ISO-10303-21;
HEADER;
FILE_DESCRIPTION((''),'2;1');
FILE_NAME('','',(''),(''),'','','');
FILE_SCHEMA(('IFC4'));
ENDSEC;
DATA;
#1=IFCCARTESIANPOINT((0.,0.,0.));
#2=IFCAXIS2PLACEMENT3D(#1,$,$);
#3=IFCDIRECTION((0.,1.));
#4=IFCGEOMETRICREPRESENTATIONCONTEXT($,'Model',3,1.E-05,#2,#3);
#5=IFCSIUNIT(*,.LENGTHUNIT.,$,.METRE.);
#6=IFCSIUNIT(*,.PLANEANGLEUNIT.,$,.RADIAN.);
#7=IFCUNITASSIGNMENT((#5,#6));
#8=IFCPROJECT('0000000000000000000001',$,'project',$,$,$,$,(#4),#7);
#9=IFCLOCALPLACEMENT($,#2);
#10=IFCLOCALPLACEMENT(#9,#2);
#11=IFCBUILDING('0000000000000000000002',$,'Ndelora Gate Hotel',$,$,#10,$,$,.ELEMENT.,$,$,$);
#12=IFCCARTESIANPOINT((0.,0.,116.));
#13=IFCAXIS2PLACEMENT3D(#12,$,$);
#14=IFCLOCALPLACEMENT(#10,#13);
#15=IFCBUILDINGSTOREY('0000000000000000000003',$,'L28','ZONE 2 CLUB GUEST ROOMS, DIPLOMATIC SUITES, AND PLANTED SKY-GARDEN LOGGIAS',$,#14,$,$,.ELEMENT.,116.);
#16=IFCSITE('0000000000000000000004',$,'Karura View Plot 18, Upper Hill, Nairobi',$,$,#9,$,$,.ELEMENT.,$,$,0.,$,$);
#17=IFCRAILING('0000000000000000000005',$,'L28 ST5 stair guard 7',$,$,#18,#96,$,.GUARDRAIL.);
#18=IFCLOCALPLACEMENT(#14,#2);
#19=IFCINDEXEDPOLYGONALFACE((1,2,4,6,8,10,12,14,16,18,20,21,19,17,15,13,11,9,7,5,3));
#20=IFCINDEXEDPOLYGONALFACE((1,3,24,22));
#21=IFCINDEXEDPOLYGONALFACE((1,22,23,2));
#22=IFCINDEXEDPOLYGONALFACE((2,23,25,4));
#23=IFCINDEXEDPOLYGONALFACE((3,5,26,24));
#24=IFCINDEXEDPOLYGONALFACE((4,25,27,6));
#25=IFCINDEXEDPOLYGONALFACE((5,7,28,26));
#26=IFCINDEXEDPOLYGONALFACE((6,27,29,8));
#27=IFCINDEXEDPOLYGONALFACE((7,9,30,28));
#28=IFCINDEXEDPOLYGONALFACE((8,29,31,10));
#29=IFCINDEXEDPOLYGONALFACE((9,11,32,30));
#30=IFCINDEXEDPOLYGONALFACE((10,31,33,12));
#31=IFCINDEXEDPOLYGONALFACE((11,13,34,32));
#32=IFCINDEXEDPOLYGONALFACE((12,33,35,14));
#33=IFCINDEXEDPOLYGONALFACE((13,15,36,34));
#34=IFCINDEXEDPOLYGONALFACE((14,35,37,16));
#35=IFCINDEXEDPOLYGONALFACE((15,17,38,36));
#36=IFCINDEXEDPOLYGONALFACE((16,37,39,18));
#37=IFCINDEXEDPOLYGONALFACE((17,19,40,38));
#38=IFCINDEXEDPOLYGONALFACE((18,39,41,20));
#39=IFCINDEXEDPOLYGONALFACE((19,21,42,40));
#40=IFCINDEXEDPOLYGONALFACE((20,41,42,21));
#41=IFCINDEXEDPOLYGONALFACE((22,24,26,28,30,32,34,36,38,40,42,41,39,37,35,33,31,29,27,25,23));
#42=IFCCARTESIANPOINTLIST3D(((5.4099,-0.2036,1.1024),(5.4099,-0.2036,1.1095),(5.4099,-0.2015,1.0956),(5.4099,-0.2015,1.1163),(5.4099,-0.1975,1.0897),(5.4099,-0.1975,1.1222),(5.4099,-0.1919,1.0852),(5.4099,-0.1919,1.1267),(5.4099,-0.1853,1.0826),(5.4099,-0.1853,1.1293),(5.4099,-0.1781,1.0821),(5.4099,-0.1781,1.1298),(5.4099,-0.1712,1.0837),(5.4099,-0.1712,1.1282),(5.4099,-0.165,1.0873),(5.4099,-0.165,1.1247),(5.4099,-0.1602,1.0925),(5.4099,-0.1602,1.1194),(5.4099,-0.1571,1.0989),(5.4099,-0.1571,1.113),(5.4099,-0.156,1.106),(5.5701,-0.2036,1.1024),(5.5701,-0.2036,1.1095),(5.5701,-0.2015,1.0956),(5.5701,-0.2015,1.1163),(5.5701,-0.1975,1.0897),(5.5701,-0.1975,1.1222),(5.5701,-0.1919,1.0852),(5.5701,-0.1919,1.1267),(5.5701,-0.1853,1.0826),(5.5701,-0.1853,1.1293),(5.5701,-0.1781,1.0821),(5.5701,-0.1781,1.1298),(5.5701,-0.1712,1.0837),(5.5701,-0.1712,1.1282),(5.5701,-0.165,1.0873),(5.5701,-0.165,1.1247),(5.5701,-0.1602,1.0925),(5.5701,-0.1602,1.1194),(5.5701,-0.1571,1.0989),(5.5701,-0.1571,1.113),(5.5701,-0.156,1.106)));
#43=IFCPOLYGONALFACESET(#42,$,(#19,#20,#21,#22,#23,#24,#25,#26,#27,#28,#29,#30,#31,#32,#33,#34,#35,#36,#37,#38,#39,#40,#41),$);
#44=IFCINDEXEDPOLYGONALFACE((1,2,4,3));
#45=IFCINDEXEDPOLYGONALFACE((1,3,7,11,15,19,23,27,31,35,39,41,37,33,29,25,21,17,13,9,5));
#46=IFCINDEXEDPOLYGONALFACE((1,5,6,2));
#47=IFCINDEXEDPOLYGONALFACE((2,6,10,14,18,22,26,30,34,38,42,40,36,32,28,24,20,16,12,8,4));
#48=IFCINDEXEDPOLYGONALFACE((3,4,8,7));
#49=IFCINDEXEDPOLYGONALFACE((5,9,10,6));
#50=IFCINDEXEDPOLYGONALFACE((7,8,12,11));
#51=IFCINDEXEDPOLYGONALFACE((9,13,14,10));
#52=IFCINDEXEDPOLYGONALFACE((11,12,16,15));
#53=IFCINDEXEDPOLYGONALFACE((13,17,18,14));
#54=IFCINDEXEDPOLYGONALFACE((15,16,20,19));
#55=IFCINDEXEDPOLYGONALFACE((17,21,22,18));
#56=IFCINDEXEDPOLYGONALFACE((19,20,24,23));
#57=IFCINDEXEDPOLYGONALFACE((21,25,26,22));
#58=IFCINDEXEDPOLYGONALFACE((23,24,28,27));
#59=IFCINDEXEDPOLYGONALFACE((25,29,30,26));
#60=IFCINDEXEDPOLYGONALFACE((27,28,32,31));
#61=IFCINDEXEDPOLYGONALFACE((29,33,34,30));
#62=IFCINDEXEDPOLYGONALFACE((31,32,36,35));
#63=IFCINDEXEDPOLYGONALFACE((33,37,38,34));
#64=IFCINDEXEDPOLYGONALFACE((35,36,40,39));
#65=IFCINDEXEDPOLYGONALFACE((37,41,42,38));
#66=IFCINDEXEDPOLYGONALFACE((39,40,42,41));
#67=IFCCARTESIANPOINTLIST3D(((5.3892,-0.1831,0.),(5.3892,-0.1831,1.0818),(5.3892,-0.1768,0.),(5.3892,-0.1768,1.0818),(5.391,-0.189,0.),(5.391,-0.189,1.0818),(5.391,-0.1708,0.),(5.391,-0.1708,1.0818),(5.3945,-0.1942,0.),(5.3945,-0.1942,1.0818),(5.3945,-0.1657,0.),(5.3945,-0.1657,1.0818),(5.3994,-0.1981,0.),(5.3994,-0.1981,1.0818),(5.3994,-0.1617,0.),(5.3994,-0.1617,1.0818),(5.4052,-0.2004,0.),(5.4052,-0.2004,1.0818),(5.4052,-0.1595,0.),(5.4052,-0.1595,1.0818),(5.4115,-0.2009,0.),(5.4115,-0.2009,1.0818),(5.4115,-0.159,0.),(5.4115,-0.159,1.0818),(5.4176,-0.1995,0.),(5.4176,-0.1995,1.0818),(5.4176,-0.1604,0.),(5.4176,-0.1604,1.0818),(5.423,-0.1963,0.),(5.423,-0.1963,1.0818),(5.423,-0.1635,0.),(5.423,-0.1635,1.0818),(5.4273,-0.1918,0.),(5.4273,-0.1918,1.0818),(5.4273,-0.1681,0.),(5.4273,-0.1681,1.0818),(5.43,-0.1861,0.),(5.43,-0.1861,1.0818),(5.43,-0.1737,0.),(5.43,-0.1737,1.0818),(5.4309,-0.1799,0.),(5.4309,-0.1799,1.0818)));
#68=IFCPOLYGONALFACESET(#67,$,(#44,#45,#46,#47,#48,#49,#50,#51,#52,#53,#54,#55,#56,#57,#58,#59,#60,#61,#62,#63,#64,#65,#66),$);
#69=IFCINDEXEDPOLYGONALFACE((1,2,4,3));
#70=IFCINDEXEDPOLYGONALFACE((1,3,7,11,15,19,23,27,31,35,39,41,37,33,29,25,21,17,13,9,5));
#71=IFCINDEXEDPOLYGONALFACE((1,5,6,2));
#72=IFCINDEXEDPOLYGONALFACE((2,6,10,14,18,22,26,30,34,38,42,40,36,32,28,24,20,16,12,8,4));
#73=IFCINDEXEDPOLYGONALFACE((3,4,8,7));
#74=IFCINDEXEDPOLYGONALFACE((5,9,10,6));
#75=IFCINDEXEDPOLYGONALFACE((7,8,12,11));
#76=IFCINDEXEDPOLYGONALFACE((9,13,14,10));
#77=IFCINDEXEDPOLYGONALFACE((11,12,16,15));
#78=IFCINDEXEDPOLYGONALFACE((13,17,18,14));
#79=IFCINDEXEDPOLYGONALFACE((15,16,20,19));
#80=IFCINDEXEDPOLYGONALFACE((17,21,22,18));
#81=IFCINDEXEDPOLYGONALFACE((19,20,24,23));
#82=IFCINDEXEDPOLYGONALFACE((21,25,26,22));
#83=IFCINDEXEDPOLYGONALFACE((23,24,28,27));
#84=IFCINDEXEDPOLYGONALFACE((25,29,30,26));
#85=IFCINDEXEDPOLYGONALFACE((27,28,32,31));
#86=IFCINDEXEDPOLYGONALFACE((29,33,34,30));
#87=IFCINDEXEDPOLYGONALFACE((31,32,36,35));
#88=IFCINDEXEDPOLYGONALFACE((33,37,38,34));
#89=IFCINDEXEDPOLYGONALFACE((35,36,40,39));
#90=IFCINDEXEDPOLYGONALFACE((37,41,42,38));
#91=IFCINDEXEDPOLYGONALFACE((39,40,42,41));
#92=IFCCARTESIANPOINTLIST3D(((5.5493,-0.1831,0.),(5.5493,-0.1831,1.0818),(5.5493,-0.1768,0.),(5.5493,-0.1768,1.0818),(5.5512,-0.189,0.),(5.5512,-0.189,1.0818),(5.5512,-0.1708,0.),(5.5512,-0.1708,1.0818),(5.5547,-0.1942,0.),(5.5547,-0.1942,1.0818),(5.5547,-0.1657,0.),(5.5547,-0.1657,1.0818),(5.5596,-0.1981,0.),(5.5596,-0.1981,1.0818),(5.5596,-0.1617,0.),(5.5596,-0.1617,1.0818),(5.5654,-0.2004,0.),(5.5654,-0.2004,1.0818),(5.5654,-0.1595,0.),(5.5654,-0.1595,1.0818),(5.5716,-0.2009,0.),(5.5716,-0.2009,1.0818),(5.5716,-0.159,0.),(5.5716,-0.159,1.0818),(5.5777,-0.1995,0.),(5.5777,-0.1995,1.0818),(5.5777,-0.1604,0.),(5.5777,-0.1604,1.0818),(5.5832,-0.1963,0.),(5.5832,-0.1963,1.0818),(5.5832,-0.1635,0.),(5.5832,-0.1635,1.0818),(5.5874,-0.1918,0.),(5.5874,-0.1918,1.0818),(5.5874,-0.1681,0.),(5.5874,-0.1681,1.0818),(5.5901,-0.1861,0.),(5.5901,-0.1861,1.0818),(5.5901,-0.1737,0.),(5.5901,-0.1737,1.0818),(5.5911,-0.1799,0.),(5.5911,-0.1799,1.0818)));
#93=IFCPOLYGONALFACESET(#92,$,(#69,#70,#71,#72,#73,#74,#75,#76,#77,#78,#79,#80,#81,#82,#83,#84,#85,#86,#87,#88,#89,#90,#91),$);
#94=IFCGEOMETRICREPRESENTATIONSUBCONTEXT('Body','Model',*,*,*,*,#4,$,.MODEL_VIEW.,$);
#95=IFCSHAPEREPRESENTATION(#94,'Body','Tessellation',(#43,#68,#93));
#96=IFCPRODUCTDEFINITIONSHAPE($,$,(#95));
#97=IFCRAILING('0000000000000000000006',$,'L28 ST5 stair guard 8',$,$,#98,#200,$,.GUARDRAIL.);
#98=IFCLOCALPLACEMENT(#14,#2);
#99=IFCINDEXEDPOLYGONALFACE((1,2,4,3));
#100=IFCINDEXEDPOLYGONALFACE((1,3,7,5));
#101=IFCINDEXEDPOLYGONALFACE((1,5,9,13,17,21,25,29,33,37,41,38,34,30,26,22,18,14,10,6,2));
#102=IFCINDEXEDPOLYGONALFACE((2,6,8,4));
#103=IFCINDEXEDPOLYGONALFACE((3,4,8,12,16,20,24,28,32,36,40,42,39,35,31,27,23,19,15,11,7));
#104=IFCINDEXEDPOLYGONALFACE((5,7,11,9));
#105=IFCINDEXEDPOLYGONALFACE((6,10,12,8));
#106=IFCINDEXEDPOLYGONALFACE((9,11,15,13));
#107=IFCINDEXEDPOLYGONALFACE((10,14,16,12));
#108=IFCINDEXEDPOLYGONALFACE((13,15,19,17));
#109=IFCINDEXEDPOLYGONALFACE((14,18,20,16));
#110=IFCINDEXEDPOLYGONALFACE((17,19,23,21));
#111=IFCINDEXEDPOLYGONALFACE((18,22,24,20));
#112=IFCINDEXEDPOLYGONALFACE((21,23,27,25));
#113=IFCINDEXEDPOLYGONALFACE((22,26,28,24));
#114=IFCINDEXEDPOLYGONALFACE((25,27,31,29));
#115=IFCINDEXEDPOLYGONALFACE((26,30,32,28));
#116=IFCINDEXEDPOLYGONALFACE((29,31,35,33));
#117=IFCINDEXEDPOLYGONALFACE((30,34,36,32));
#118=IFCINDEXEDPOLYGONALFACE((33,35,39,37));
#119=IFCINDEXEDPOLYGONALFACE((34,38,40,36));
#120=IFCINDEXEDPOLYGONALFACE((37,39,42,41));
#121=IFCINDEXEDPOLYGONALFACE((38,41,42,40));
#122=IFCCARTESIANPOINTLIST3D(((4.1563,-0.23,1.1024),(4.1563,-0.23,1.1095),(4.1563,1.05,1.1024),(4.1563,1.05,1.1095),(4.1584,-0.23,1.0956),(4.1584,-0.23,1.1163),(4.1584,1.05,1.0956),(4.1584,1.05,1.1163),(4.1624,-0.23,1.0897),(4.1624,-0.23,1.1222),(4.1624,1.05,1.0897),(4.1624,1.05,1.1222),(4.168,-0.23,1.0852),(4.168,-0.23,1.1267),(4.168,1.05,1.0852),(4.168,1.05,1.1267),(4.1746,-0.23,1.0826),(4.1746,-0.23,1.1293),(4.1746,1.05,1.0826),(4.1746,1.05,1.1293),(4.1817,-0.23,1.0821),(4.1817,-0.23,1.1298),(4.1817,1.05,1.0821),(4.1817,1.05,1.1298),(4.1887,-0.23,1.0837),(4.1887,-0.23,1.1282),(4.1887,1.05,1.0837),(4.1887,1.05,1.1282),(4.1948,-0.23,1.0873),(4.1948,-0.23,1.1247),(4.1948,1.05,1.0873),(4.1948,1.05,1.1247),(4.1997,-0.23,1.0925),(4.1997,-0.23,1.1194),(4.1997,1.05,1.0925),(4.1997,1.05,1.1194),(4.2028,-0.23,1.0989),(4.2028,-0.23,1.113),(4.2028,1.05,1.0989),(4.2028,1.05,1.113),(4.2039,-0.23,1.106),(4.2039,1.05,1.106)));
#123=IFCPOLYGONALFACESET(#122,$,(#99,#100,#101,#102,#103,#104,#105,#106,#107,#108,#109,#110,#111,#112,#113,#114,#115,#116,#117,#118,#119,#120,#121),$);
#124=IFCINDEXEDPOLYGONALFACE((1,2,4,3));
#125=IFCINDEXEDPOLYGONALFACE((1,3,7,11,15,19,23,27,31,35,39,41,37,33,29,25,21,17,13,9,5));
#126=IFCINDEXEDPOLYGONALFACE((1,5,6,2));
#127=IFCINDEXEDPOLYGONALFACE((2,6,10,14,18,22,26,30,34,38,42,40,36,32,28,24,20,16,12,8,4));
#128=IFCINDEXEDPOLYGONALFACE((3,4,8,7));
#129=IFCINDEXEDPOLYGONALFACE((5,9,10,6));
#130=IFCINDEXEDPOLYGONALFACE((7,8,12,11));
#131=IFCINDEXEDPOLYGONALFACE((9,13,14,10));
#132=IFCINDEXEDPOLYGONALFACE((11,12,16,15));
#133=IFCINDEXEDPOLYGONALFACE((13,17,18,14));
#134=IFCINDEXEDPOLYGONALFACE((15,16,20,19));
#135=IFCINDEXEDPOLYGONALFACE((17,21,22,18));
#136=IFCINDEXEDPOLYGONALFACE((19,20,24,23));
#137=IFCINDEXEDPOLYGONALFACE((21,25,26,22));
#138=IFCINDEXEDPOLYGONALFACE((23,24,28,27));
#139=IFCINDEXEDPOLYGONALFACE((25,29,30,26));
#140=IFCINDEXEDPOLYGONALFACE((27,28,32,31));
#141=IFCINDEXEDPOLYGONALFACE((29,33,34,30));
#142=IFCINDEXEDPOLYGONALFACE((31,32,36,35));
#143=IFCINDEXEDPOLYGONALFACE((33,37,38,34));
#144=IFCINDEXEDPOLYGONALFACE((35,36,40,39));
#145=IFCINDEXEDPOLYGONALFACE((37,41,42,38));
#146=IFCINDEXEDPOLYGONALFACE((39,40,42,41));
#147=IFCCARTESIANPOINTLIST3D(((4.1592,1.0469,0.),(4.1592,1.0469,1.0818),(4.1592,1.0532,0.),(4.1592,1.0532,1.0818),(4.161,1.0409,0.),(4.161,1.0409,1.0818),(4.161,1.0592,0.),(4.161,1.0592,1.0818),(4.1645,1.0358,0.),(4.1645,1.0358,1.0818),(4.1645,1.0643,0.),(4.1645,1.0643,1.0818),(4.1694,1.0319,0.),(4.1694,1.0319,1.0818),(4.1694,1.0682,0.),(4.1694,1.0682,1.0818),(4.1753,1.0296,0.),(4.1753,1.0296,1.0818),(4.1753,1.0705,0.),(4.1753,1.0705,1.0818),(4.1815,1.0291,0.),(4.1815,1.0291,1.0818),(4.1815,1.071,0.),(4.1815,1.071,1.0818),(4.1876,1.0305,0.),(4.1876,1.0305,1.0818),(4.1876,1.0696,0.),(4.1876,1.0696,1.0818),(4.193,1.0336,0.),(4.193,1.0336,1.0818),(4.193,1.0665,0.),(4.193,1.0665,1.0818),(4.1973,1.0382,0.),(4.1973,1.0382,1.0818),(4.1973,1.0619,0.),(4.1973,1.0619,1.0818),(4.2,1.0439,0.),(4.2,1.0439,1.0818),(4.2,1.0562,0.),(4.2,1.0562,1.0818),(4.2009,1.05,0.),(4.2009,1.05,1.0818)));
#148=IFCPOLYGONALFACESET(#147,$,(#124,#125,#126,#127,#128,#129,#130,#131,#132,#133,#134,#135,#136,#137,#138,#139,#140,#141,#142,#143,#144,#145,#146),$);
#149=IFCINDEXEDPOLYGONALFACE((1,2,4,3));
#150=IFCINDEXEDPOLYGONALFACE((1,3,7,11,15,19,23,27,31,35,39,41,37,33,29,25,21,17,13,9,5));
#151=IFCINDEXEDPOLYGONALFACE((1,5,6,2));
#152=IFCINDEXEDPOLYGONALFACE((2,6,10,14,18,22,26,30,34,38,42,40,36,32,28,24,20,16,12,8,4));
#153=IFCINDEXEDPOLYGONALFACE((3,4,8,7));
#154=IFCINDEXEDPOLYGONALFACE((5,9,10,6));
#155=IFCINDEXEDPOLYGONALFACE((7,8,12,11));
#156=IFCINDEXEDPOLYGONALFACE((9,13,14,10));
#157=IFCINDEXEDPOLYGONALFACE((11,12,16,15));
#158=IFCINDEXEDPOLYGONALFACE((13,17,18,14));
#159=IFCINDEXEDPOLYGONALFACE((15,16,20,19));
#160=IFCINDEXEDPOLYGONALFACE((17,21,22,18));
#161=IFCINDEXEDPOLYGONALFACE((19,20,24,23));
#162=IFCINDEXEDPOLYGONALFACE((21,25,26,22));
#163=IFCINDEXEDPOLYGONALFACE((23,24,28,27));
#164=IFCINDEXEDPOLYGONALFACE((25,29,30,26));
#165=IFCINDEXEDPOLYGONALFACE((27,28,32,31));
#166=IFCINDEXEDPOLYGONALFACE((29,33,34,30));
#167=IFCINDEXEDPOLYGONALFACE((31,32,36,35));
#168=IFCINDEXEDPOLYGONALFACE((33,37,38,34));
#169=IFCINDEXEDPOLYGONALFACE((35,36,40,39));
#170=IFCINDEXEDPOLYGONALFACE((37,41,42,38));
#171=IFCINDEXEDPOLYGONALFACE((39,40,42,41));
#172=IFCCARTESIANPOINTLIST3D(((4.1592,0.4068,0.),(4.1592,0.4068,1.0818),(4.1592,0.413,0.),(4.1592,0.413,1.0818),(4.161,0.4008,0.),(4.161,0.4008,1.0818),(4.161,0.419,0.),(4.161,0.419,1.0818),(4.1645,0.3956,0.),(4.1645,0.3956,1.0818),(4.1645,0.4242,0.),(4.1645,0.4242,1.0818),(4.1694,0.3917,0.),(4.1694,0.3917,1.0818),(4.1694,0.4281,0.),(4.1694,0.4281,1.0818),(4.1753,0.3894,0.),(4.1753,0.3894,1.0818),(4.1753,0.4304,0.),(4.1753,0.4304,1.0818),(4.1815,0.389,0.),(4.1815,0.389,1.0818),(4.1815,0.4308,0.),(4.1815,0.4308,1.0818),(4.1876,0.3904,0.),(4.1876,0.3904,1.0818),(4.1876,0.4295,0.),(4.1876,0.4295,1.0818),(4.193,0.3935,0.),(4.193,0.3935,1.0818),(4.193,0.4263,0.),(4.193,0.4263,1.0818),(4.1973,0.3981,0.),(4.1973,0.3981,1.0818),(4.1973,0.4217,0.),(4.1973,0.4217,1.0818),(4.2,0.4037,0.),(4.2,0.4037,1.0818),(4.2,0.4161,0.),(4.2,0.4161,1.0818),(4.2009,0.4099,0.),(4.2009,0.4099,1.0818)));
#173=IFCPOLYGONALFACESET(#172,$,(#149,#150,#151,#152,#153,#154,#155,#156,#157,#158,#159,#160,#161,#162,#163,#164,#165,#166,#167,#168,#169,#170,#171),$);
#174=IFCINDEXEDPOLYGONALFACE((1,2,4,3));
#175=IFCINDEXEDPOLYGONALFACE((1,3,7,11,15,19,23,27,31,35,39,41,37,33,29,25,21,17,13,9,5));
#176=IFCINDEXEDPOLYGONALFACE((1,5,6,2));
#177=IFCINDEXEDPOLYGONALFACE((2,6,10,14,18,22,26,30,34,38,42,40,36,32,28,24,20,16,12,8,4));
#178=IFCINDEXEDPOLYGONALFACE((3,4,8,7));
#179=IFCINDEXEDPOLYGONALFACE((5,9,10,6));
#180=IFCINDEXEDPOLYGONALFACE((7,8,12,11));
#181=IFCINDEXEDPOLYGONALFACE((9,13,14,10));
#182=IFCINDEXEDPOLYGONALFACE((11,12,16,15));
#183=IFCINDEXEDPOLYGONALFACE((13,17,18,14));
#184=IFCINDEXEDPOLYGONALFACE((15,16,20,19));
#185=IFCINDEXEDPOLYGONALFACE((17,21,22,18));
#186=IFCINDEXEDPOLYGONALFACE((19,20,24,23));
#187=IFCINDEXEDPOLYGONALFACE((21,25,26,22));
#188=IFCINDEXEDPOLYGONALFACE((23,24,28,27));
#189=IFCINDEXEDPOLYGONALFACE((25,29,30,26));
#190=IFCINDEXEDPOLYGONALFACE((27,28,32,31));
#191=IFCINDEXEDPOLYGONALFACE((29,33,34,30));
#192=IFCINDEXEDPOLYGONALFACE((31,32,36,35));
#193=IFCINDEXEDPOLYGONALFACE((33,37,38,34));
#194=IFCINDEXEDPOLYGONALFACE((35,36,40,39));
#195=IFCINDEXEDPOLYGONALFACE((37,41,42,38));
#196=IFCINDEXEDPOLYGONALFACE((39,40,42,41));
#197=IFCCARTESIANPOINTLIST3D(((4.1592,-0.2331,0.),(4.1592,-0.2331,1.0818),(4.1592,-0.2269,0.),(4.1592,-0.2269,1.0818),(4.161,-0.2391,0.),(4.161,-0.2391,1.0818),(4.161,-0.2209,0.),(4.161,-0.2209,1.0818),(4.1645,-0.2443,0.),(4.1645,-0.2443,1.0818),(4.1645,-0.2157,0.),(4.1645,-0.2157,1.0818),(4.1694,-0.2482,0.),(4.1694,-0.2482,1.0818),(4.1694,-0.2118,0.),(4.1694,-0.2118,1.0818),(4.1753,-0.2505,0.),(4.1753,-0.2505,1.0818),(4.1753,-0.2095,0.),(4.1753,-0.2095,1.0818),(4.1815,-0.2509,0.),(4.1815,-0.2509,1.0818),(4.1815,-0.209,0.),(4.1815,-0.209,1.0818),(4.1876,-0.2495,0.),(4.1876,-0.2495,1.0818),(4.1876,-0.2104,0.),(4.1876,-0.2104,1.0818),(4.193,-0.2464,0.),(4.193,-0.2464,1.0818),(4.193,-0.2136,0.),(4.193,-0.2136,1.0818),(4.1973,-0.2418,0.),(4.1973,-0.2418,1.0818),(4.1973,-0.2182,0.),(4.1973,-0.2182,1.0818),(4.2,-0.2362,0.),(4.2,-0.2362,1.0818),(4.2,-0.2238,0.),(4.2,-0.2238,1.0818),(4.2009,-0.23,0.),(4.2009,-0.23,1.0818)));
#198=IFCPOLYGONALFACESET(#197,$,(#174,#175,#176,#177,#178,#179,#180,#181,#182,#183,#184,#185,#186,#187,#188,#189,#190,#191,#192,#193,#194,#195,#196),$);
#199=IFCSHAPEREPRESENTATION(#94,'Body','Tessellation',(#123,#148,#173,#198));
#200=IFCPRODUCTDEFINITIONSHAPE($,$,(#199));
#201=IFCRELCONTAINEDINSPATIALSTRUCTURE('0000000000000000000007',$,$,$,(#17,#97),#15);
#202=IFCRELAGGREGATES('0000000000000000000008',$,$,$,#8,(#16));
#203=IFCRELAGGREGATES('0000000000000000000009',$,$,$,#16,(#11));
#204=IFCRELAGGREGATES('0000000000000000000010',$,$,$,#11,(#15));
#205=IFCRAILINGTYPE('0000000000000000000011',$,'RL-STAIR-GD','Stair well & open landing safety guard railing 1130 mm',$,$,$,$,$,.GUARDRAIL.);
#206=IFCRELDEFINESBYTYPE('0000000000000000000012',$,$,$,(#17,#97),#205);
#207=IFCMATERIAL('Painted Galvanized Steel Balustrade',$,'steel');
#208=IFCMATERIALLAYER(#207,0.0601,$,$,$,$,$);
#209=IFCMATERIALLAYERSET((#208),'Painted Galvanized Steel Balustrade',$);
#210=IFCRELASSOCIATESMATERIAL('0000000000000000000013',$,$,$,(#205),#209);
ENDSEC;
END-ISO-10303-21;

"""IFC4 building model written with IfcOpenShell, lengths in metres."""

from ifc_helpers import new_model, si_unit, direction, frame, origin, origin_2d, place, context, subcontext, project, spatial, circle, extrude, material, layer, layer_set, type_object, element, save


model = new_model("IFC4")

# Units and contexts
model_context = context("Model", 3, precision=1e-05, world=origin(), true_north=direction((0.0, 1.0)))
body_context = subcontext(model_context, "Body", "Model", "MODEL_VIEW")
ifc_project = project(units=[si_unit("LENGTHUNIT", "METRE"), si_unit("PLANEANGLEUNIT", "RADIAN")], contexts=[model_context])

# Site, building, storey
site_placement = place(None, origin())
site = spatial("IfcSite", under=ifc_project, at=site_placement, Name="Karura View Plot 18, Upper Hill, Nairobi", CompositionType="ELEMENT", RefElevation=0.0)
building_placement = place(site_placement, origin())
building = spatial("IfcBuilding", under=site, at=building_placement, Name="Ndelora Gate Hotel", CompositionType="ELEMENT")
storey_placement = place(building_placement, frame((0.0, 0.0, 116.0)))
storey = spatial("IfcBuildingStorey", under=building, at=storey_placement, Name="L28", Description="ZONE 2 CLUB GUEST ROOMS, DIPLOMATIC SUITES, AND PLANTED SKY-GARDEN LOGGIAS", CompositionType="ELEMENT", Elevation=116.0)

# Railings
ifc_material_1 = material(Name="Painted Galvanized Steel Balustrade", Category="steel")
ifc_layer_1 = layer(ifc_material_1, 0.0601)
ifc_layer_set_1 = layer_set([ifc_layer_1], Name="Painted Galvanized Steel Balustrade")
railing_type_1 = type_object("IfcRailingType", Name="RL-STAIR-GD", Description="Stair well & open landing safety guard railing 1130 mm", PredefinedType="GUARDRAIL", material=ifc_layer_set_1)
railing_1_placement = place(storey_placement, frame((5.4099, -0.1799, 0.0)))
element("IfcRailing", 1, at=railing_1_placement, inside=storey, type_object=railing_type_1, Name="L28 ST5 stair guard 7", PredefinedType="GUARDRAIL", context=body_context, shape_type="SweptSolid", body=[
    extrude(circle(Radius=0.0239, at=origin_2d()), frame((0.0, 0.0, 1.106), z_axis=(1.0, 0.0, 0.0), x_axis=(0.0, 1.0, 0.0)), (0.0, 0.0, 1.0), 0.1602),
    extrude(circle(Radius=0.021, at=origin_2d()), origin(), (0.0, 0.0, 1.0), 1.0818),
    extrude(circle(Radius=0.021, at=origin_2d()), frame((0.1602, 0.0, 0.0)), (0.0, 0.0, 1.0), 1.0818),
])
for number, where, name in (
    (2, (4.1799, 1.05, 0.0), "L28 ST5 stair guard 8"),
):
    element("IfcRailing", number, at=place(storey_placement, frame(where)), inside=storey, type_object=railing_type_1, Name=name, PredefinedType="GUARDRAIL", context=body_context, shape_type="SweptSolid", body=[
        extrude(circle(Radius=0.0239, at=origin_2d()), frame((0.0, 0.0, 1.106), z_axis=(0.0, -1.0, 0.0), x_axis=(1.0, 0.0, 0.0)), (0.0, 0.0, 1.0), 1.28),
        extrude(circle(Radius=0.021, at=origin_2d()), origin(), (0.0, 0.0, 1.0), 1.0818),
        extrude(circle(Radius=0.021, at=origin_2d()), frame((0.0, -0.6401, 0.0)), (0.0, 0.0, 1.0), 1.0818),
        extrude(circle(Radius=0.021, at=origin_2d()), frame((0.0, -1.28, 0.0)), (0.0, 0.0, 1.0), 1.0818),
    ])

save(model, "model.ifc")
